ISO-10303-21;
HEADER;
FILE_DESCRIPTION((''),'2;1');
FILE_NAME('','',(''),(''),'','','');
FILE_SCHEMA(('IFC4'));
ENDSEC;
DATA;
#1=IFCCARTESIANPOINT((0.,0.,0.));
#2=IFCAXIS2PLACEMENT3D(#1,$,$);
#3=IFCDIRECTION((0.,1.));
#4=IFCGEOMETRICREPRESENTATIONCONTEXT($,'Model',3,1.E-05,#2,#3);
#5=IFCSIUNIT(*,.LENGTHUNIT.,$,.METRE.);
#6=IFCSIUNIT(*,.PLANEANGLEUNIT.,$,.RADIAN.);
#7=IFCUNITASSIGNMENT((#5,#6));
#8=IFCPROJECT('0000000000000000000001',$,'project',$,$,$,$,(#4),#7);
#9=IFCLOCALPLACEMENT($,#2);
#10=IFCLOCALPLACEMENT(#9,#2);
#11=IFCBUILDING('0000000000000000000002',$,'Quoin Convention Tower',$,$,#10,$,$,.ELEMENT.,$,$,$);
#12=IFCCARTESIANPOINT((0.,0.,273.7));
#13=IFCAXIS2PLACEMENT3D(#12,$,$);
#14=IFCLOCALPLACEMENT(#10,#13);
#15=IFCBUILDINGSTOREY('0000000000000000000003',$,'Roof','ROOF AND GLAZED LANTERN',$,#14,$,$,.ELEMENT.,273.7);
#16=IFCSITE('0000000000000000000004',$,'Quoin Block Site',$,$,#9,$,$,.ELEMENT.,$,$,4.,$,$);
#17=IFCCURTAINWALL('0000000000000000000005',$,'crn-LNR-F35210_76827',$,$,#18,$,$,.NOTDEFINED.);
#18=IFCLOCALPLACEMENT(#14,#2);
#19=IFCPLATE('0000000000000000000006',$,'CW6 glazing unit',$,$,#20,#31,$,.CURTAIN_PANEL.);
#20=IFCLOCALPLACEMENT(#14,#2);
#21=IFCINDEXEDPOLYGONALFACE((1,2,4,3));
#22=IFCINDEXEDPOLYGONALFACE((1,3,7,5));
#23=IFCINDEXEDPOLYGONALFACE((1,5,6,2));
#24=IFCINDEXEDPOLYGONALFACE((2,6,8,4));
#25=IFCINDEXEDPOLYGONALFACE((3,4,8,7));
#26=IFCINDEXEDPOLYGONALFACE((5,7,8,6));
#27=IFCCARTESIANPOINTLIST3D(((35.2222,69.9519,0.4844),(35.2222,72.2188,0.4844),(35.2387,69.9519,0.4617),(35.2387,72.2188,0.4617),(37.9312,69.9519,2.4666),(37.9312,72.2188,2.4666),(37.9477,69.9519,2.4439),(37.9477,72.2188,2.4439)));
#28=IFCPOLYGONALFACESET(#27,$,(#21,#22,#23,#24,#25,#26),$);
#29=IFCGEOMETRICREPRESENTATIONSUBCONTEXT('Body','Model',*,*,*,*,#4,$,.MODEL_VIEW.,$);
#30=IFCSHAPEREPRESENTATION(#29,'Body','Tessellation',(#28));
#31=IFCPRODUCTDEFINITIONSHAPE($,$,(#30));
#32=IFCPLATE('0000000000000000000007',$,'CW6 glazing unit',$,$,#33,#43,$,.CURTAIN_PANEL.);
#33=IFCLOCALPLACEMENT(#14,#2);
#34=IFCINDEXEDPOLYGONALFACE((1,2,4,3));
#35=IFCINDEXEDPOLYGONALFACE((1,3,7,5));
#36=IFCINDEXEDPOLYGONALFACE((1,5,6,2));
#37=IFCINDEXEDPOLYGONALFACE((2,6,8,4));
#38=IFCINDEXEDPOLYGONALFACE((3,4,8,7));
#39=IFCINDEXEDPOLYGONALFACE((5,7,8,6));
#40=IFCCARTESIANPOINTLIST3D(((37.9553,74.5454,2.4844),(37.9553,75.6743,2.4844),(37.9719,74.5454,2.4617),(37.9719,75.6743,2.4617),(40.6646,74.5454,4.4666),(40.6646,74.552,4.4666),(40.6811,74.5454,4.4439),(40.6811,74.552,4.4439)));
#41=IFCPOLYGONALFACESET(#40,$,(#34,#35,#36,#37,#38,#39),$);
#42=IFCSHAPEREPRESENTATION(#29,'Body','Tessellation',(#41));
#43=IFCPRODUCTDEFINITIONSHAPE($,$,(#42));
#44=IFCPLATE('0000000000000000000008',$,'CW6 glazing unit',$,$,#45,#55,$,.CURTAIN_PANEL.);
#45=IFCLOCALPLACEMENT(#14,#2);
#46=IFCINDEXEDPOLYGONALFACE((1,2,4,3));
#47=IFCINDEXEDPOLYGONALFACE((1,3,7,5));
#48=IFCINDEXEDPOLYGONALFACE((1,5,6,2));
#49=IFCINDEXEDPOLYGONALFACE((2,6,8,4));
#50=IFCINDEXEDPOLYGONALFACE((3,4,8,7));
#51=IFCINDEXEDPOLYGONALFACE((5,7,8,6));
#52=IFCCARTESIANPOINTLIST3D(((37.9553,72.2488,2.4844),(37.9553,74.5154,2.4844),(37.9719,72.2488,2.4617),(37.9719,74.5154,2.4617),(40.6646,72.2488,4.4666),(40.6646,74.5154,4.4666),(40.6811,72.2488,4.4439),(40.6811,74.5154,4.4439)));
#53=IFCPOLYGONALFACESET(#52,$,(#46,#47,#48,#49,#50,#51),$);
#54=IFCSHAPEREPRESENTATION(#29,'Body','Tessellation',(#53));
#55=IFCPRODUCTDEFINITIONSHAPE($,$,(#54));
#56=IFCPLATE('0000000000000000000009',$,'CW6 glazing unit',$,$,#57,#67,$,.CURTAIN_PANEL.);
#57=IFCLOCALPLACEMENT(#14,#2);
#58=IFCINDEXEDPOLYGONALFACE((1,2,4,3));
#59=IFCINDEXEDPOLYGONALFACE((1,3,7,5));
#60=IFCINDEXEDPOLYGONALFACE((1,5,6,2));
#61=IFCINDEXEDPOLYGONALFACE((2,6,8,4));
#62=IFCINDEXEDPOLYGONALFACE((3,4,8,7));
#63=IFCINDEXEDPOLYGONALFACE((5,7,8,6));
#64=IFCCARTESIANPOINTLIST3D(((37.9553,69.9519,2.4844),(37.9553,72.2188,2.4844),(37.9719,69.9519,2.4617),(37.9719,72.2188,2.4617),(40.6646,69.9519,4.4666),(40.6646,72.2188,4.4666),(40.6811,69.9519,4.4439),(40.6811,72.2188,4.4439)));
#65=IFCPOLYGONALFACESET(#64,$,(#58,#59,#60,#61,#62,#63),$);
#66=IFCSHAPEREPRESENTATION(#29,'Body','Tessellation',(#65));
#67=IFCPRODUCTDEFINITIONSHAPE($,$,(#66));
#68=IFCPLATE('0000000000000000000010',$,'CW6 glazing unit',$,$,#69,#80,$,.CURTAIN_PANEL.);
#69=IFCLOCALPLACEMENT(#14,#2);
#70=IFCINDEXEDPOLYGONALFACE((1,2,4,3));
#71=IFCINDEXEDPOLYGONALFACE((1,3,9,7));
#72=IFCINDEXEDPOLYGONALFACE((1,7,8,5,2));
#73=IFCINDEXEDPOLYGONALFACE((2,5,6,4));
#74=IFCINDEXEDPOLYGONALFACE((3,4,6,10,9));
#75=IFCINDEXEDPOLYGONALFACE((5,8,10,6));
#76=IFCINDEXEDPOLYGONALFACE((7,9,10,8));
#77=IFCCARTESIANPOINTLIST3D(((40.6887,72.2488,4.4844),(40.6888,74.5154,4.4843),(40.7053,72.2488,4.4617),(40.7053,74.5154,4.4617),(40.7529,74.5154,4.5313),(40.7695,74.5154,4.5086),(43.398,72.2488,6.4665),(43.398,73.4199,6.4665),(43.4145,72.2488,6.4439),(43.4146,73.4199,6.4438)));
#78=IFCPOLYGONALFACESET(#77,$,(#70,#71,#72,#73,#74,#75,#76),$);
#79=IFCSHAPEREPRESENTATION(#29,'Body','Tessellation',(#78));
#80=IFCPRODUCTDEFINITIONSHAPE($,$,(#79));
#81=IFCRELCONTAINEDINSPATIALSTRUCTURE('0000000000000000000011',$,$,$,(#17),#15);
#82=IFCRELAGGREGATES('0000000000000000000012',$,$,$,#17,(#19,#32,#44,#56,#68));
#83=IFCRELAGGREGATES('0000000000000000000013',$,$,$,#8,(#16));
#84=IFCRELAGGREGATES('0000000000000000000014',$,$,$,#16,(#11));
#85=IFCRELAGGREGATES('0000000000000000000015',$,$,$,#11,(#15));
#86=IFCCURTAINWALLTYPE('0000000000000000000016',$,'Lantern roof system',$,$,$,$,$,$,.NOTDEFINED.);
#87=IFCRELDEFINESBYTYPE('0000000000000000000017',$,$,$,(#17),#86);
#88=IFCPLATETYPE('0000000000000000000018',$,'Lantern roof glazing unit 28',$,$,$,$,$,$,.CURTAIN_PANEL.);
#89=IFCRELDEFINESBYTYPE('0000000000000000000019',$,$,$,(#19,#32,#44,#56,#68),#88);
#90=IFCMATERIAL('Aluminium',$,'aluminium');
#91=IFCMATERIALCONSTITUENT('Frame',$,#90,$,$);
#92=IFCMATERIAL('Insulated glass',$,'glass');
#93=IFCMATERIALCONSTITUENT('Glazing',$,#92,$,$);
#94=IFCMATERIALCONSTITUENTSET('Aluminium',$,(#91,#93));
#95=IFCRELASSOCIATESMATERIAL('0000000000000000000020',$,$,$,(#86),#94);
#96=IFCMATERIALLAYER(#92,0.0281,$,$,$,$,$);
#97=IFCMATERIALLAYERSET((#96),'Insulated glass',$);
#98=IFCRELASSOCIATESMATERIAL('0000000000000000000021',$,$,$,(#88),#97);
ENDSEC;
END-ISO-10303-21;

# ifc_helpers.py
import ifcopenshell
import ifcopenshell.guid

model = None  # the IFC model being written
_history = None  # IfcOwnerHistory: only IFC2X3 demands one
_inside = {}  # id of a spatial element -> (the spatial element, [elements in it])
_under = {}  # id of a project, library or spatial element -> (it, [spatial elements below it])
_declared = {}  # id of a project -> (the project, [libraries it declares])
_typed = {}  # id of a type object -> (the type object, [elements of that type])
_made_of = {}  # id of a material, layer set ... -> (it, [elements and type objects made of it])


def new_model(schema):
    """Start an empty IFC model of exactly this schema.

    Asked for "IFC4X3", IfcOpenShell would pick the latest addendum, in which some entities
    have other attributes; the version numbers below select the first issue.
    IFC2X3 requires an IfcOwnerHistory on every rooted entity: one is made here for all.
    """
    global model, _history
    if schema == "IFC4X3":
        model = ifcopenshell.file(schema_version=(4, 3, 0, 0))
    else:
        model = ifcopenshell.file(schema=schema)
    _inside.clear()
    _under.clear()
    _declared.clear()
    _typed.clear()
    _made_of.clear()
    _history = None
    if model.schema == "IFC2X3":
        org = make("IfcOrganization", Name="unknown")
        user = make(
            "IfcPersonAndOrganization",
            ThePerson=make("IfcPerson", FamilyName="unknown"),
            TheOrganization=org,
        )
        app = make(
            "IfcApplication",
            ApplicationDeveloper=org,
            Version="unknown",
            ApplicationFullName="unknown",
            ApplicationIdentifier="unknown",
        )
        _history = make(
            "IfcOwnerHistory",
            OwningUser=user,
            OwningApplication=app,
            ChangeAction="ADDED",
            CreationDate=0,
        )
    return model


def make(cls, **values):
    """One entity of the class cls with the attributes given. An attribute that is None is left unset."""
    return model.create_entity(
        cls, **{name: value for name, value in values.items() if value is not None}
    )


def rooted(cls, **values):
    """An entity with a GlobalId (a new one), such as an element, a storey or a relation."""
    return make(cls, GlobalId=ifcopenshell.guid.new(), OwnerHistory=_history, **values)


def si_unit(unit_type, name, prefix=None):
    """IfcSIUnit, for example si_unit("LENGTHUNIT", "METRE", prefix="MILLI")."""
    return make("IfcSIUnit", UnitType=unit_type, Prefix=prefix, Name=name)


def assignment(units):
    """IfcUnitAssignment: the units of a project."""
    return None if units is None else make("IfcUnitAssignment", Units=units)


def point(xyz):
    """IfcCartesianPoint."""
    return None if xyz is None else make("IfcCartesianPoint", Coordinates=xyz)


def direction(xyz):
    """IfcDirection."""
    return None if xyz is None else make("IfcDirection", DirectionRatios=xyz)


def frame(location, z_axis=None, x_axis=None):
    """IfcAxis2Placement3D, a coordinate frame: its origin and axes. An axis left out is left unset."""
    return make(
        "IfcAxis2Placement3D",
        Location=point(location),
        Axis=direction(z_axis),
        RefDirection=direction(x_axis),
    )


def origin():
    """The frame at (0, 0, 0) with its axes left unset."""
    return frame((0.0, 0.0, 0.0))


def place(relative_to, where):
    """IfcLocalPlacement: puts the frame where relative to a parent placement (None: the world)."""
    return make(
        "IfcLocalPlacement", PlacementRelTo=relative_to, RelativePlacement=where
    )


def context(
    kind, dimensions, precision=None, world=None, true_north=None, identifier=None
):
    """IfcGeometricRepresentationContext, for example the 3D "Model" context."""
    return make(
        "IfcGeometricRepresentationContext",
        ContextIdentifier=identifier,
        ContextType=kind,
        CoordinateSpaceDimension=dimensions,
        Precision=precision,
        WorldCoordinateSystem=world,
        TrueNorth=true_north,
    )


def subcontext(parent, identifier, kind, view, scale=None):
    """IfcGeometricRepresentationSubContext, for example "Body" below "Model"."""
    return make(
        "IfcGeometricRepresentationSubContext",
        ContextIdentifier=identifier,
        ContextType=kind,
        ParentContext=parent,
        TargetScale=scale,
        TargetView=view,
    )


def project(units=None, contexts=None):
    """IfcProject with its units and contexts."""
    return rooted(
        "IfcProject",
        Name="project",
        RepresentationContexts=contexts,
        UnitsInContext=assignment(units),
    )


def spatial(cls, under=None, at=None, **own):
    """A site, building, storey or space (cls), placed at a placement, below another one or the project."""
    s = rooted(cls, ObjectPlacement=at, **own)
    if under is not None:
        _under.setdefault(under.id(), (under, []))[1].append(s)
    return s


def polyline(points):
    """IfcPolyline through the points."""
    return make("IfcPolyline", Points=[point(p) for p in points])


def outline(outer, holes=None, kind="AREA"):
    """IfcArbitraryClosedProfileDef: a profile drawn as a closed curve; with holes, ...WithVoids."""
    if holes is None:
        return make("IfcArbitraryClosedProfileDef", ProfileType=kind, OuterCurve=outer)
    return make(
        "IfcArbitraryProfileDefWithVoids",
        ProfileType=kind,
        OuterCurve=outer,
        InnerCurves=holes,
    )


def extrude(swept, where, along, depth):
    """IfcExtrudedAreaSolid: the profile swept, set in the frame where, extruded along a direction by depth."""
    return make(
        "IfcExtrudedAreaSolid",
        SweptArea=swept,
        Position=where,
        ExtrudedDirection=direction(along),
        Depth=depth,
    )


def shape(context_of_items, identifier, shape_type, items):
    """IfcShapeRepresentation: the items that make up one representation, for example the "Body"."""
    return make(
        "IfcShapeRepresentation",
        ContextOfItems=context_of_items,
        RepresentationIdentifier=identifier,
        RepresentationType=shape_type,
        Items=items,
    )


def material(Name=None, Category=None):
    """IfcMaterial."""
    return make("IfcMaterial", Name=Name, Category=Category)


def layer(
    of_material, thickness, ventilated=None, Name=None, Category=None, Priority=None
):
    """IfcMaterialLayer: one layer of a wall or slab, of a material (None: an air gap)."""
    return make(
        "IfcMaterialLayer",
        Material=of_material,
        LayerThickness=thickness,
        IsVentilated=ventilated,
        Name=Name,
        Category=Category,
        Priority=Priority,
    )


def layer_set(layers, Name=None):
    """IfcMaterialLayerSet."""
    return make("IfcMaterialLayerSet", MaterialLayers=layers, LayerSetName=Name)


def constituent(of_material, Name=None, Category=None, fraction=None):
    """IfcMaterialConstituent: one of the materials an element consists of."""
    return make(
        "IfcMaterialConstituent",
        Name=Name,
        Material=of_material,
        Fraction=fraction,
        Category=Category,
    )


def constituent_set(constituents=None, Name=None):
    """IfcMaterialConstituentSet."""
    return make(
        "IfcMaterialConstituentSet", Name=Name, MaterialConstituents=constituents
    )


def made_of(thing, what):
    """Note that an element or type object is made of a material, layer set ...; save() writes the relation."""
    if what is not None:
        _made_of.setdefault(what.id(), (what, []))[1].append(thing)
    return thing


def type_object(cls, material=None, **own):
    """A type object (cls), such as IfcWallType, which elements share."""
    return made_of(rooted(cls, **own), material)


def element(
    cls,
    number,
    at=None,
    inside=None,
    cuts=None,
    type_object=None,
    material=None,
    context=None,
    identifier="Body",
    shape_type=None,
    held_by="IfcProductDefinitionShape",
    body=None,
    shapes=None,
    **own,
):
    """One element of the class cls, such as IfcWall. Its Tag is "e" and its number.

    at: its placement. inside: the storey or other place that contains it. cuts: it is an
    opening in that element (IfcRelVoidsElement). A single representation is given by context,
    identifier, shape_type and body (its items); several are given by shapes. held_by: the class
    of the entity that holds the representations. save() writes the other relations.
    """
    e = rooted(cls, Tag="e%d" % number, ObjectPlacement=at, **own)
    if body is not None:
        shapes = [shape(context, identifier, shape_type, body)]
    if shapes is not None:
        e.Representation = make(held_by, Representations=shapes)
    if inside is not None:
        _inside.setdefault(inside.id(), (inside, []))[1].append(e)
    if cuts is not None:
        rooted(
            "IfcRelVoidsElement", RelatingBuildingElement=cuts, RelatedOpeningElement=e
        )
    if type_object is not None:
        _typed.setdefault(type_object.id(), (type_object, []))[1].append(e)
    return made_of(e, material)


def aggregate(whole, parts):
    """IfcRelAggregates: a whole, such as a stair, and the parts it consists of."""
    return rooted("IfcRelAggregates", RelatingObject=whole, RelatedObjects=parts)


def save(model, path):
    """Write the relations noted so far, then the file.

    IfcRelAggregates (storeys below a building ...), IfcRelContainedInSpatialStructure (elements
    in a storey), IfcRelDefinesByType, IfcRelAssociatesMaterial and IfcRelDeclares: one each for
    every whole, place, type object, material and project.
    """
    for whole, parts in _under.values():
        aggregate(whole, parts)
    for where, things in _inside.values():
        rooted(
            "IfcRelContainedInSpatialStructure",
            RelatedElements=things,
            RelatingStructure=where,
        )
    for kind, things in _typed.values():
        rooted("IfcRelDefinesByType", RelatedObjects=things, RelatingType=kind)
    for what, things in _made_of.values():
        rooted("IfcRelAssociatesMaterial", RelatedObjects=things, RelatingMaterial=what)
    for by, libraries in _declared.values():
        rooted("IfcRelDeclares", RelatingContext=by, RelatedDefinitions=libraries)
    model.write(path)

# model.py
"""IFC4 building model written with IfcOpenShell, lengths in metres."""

from ifc_helpers import new_model, si_unit, direction, frame, origin, place, context, subcontext, project, spatial, polyline, outline, extrude, material, layer, layer_set, constituent, constituent_set, type_object, element, aggregate, save


model = new_model("IFC4")

# Units and contexts
model_context = context("Model", 3, precision=1e-05, world=origin(), true_north=direction((0.0, 1.0)))
body_context = subcontext(model_context, "Body", "Model", "MODEL_VIEW")
ifc_project = project(units=[si_unit("LENGTHUNIT", "METRE"), si_unit("PLANEANGLEUNIT", "RADIAN")], contexts=[model_context])

# Site, building, storey
site_placement = place(None, origin())
site = spatial("IfcSite", under=ifc_project, at=site_placement, Name="Quoin Block Site", CompositionType="ELEMENT", RefElevation=4.0)
building_placement = place(site_placement, origin())
building = spatial("IfcBuilding", under=site, at=building_placement, Name="Quoin Convention Tower", CompositionType="ELEMENT")
storey_placement = place(building_placement, frame((0.0, 0.0, 273.7)))
storey = spatial("IfcBuildingStorey", under=building, at=storey_placement, Name="Roof", Description="ROOF AND GLAZED LANTERN", CompositionType="ELEMENT", Elevation=273.7)

# Curtain wall
ifc_material_1 = material(Name="Aluminium", Category="aluminium")
ifc_constituent_1 = constituent(ifc_material_1, Name="Frame")
ifc_material_2 = material(Name="Insulated glass", Category="glass")
ifc_constituent_2 = constituent(ifc_material_2, Name="Glazing")
ifc_constituent_set = constituent_set(constituents=[ifc_constituent_1, ifc_constituent_2], Name="Aluminium")
curtain_wall_type = type_object("IfcCurtainWallType", Name="Lantern roof system", PredefinedType="NOTDEFINED", material=ifc_constituent_set)
curtain_wall_1_placement = place(storey_placement, origin())
curtain_wall_1 = element("IfcCurtainWall", 1, at=curtain_wall_1_placement, inside=storey, type_object=curtain_wall_type, Name="crn-LNR-F35210_76827", PredefinedType="NOTDEFINED")

# Plates
ifc_layer = layer(ifc_material_2, 0.0281)
ifc_layer_set = layer_set([ifc_layer], Name="Insulated glass")
plate_type = type_object("IfcPlateType", Name="Lantern roof glazing unit 28", PredefinedType="CURTAIN_PANEL", material=ifc_layer_set)
plate_1_placement = place(storey_placement, frame((37.9312, 72.2188, 2.4666), z_axis=(-0.590509, 0.0, 0.807031), x_axis=(0.0, -1.0, 0.0)))
plate_1 = element("IfcPlate", 2, at=plate_1_placement, type_object=plate_type, Name="CW6 glazing unit", PredefinedType="CURTAIN_PANEL", context=body_context, shape_type="SweptSolid", body=[
    extrude(outline(polyline([(0.0, 0.0), (2.2668, 0.0), (2.2668, -3.3567), (0.0, -3.3567), (0.0, 0.0)])), origin(), (0.0, 0.0, -1.0), 0.0281),
])
plate_2_placement = place(storey_placement, frame((40.6646, 74.5454, 4.4666), z_axis=(-0.590474, 0.0, 0.807057), x_axis=(-0.807057, 0.0, -0.590474)))
plate_2 = element("IfcPlate", 3, at=plate_2_placement, type_object=plate_type, Name="CW6 glazing unit", PredefinedType="CURTAIN_PANEL", context=body_context, shape_type="SweptSolid", body=[
    extrude(outline(polyline([(0.0, 0.0), (3.3569, 0.0), (3.3569, -1.1289), (0.0, -0.0066), (0.0, 0.0)])), origin(), (0.0, 0.0, -1.0), 0.0281),
])
plate_3_placement = place(storey_placement, frame((37.9553, 74.5154, 2.4844), z_axis=(-0.590474, 0.0, 0.807057), x_axis=(0.807057, 0.0, 0.590474)))
plate_3 = element("IfcPlate", 4, at=plate_3_placement, type_object=plate_type, Name="CW6 glazing unit", PredefinedType="CURTAIN_PANEL", context=body_context, shape_type="SweptSolid", body=[
    extrude(outline(polyline([(0.0, 0.0), (3.3569, 0.0), (3.3569, -2.2666), (0.0, -2.2666), (0.0, 0.0)])), origin(), (0.0, 0.0, -1.0), 0.0281),
])
plate_4_placement = place(storey_placement, frame((37.9553, 72.2188, 2.4844), z_axis=(-0.590474, 0.0, 0.807057), x_axis=(0.807057, 0.0, 0.590474)))
plate_4 = element("IfcPlate", 5, at=plate_4_placement, type_object=plate_type, Name="CW6 glazing unit", PredefinedType="CURTAIN_PANEL", context=body_context, shape_type="SweptSolid", body=[
    extrude(outline(polyline([(0.0, 0.0), (3.3569, 0.0), (3.3569, -2.2668), (0.0, -2.2668), (0.0, 0.0)])), origin(), (0.0, 0.0, -1.0), 0.0281),
])
plate_5_placement = place(storey_placement, frame((40.6887, 72.2488, 4.4844), z_axis=(-0.590468, 0.000024, 0.807061), x_axis=(0.000014, 1.0, -0.000019)))
plate_5 = element("IfcPlate", 6, at=plate_5_placement, type_object=plate_type, Name="CW6 glazing unit", PredefinedType="CURTAIN_PANEL", context=body_context, shape_type="SweptSolid", body=[
    extrude(outline(polyline([(0.0, 0.0), (2.2666, 0.0), (2.2666, -0.0795), (1.1711, -3.3569), (0.0, -3.3569), (0.0, 0.0)])), origin(), (0.0, 0.0, -1.0), 0.0281),
])
aggregate(curtain_wall_1, [plate_1, plate_2, plate_3, plate_4, plate_5])

save(model, "model.ifc")
